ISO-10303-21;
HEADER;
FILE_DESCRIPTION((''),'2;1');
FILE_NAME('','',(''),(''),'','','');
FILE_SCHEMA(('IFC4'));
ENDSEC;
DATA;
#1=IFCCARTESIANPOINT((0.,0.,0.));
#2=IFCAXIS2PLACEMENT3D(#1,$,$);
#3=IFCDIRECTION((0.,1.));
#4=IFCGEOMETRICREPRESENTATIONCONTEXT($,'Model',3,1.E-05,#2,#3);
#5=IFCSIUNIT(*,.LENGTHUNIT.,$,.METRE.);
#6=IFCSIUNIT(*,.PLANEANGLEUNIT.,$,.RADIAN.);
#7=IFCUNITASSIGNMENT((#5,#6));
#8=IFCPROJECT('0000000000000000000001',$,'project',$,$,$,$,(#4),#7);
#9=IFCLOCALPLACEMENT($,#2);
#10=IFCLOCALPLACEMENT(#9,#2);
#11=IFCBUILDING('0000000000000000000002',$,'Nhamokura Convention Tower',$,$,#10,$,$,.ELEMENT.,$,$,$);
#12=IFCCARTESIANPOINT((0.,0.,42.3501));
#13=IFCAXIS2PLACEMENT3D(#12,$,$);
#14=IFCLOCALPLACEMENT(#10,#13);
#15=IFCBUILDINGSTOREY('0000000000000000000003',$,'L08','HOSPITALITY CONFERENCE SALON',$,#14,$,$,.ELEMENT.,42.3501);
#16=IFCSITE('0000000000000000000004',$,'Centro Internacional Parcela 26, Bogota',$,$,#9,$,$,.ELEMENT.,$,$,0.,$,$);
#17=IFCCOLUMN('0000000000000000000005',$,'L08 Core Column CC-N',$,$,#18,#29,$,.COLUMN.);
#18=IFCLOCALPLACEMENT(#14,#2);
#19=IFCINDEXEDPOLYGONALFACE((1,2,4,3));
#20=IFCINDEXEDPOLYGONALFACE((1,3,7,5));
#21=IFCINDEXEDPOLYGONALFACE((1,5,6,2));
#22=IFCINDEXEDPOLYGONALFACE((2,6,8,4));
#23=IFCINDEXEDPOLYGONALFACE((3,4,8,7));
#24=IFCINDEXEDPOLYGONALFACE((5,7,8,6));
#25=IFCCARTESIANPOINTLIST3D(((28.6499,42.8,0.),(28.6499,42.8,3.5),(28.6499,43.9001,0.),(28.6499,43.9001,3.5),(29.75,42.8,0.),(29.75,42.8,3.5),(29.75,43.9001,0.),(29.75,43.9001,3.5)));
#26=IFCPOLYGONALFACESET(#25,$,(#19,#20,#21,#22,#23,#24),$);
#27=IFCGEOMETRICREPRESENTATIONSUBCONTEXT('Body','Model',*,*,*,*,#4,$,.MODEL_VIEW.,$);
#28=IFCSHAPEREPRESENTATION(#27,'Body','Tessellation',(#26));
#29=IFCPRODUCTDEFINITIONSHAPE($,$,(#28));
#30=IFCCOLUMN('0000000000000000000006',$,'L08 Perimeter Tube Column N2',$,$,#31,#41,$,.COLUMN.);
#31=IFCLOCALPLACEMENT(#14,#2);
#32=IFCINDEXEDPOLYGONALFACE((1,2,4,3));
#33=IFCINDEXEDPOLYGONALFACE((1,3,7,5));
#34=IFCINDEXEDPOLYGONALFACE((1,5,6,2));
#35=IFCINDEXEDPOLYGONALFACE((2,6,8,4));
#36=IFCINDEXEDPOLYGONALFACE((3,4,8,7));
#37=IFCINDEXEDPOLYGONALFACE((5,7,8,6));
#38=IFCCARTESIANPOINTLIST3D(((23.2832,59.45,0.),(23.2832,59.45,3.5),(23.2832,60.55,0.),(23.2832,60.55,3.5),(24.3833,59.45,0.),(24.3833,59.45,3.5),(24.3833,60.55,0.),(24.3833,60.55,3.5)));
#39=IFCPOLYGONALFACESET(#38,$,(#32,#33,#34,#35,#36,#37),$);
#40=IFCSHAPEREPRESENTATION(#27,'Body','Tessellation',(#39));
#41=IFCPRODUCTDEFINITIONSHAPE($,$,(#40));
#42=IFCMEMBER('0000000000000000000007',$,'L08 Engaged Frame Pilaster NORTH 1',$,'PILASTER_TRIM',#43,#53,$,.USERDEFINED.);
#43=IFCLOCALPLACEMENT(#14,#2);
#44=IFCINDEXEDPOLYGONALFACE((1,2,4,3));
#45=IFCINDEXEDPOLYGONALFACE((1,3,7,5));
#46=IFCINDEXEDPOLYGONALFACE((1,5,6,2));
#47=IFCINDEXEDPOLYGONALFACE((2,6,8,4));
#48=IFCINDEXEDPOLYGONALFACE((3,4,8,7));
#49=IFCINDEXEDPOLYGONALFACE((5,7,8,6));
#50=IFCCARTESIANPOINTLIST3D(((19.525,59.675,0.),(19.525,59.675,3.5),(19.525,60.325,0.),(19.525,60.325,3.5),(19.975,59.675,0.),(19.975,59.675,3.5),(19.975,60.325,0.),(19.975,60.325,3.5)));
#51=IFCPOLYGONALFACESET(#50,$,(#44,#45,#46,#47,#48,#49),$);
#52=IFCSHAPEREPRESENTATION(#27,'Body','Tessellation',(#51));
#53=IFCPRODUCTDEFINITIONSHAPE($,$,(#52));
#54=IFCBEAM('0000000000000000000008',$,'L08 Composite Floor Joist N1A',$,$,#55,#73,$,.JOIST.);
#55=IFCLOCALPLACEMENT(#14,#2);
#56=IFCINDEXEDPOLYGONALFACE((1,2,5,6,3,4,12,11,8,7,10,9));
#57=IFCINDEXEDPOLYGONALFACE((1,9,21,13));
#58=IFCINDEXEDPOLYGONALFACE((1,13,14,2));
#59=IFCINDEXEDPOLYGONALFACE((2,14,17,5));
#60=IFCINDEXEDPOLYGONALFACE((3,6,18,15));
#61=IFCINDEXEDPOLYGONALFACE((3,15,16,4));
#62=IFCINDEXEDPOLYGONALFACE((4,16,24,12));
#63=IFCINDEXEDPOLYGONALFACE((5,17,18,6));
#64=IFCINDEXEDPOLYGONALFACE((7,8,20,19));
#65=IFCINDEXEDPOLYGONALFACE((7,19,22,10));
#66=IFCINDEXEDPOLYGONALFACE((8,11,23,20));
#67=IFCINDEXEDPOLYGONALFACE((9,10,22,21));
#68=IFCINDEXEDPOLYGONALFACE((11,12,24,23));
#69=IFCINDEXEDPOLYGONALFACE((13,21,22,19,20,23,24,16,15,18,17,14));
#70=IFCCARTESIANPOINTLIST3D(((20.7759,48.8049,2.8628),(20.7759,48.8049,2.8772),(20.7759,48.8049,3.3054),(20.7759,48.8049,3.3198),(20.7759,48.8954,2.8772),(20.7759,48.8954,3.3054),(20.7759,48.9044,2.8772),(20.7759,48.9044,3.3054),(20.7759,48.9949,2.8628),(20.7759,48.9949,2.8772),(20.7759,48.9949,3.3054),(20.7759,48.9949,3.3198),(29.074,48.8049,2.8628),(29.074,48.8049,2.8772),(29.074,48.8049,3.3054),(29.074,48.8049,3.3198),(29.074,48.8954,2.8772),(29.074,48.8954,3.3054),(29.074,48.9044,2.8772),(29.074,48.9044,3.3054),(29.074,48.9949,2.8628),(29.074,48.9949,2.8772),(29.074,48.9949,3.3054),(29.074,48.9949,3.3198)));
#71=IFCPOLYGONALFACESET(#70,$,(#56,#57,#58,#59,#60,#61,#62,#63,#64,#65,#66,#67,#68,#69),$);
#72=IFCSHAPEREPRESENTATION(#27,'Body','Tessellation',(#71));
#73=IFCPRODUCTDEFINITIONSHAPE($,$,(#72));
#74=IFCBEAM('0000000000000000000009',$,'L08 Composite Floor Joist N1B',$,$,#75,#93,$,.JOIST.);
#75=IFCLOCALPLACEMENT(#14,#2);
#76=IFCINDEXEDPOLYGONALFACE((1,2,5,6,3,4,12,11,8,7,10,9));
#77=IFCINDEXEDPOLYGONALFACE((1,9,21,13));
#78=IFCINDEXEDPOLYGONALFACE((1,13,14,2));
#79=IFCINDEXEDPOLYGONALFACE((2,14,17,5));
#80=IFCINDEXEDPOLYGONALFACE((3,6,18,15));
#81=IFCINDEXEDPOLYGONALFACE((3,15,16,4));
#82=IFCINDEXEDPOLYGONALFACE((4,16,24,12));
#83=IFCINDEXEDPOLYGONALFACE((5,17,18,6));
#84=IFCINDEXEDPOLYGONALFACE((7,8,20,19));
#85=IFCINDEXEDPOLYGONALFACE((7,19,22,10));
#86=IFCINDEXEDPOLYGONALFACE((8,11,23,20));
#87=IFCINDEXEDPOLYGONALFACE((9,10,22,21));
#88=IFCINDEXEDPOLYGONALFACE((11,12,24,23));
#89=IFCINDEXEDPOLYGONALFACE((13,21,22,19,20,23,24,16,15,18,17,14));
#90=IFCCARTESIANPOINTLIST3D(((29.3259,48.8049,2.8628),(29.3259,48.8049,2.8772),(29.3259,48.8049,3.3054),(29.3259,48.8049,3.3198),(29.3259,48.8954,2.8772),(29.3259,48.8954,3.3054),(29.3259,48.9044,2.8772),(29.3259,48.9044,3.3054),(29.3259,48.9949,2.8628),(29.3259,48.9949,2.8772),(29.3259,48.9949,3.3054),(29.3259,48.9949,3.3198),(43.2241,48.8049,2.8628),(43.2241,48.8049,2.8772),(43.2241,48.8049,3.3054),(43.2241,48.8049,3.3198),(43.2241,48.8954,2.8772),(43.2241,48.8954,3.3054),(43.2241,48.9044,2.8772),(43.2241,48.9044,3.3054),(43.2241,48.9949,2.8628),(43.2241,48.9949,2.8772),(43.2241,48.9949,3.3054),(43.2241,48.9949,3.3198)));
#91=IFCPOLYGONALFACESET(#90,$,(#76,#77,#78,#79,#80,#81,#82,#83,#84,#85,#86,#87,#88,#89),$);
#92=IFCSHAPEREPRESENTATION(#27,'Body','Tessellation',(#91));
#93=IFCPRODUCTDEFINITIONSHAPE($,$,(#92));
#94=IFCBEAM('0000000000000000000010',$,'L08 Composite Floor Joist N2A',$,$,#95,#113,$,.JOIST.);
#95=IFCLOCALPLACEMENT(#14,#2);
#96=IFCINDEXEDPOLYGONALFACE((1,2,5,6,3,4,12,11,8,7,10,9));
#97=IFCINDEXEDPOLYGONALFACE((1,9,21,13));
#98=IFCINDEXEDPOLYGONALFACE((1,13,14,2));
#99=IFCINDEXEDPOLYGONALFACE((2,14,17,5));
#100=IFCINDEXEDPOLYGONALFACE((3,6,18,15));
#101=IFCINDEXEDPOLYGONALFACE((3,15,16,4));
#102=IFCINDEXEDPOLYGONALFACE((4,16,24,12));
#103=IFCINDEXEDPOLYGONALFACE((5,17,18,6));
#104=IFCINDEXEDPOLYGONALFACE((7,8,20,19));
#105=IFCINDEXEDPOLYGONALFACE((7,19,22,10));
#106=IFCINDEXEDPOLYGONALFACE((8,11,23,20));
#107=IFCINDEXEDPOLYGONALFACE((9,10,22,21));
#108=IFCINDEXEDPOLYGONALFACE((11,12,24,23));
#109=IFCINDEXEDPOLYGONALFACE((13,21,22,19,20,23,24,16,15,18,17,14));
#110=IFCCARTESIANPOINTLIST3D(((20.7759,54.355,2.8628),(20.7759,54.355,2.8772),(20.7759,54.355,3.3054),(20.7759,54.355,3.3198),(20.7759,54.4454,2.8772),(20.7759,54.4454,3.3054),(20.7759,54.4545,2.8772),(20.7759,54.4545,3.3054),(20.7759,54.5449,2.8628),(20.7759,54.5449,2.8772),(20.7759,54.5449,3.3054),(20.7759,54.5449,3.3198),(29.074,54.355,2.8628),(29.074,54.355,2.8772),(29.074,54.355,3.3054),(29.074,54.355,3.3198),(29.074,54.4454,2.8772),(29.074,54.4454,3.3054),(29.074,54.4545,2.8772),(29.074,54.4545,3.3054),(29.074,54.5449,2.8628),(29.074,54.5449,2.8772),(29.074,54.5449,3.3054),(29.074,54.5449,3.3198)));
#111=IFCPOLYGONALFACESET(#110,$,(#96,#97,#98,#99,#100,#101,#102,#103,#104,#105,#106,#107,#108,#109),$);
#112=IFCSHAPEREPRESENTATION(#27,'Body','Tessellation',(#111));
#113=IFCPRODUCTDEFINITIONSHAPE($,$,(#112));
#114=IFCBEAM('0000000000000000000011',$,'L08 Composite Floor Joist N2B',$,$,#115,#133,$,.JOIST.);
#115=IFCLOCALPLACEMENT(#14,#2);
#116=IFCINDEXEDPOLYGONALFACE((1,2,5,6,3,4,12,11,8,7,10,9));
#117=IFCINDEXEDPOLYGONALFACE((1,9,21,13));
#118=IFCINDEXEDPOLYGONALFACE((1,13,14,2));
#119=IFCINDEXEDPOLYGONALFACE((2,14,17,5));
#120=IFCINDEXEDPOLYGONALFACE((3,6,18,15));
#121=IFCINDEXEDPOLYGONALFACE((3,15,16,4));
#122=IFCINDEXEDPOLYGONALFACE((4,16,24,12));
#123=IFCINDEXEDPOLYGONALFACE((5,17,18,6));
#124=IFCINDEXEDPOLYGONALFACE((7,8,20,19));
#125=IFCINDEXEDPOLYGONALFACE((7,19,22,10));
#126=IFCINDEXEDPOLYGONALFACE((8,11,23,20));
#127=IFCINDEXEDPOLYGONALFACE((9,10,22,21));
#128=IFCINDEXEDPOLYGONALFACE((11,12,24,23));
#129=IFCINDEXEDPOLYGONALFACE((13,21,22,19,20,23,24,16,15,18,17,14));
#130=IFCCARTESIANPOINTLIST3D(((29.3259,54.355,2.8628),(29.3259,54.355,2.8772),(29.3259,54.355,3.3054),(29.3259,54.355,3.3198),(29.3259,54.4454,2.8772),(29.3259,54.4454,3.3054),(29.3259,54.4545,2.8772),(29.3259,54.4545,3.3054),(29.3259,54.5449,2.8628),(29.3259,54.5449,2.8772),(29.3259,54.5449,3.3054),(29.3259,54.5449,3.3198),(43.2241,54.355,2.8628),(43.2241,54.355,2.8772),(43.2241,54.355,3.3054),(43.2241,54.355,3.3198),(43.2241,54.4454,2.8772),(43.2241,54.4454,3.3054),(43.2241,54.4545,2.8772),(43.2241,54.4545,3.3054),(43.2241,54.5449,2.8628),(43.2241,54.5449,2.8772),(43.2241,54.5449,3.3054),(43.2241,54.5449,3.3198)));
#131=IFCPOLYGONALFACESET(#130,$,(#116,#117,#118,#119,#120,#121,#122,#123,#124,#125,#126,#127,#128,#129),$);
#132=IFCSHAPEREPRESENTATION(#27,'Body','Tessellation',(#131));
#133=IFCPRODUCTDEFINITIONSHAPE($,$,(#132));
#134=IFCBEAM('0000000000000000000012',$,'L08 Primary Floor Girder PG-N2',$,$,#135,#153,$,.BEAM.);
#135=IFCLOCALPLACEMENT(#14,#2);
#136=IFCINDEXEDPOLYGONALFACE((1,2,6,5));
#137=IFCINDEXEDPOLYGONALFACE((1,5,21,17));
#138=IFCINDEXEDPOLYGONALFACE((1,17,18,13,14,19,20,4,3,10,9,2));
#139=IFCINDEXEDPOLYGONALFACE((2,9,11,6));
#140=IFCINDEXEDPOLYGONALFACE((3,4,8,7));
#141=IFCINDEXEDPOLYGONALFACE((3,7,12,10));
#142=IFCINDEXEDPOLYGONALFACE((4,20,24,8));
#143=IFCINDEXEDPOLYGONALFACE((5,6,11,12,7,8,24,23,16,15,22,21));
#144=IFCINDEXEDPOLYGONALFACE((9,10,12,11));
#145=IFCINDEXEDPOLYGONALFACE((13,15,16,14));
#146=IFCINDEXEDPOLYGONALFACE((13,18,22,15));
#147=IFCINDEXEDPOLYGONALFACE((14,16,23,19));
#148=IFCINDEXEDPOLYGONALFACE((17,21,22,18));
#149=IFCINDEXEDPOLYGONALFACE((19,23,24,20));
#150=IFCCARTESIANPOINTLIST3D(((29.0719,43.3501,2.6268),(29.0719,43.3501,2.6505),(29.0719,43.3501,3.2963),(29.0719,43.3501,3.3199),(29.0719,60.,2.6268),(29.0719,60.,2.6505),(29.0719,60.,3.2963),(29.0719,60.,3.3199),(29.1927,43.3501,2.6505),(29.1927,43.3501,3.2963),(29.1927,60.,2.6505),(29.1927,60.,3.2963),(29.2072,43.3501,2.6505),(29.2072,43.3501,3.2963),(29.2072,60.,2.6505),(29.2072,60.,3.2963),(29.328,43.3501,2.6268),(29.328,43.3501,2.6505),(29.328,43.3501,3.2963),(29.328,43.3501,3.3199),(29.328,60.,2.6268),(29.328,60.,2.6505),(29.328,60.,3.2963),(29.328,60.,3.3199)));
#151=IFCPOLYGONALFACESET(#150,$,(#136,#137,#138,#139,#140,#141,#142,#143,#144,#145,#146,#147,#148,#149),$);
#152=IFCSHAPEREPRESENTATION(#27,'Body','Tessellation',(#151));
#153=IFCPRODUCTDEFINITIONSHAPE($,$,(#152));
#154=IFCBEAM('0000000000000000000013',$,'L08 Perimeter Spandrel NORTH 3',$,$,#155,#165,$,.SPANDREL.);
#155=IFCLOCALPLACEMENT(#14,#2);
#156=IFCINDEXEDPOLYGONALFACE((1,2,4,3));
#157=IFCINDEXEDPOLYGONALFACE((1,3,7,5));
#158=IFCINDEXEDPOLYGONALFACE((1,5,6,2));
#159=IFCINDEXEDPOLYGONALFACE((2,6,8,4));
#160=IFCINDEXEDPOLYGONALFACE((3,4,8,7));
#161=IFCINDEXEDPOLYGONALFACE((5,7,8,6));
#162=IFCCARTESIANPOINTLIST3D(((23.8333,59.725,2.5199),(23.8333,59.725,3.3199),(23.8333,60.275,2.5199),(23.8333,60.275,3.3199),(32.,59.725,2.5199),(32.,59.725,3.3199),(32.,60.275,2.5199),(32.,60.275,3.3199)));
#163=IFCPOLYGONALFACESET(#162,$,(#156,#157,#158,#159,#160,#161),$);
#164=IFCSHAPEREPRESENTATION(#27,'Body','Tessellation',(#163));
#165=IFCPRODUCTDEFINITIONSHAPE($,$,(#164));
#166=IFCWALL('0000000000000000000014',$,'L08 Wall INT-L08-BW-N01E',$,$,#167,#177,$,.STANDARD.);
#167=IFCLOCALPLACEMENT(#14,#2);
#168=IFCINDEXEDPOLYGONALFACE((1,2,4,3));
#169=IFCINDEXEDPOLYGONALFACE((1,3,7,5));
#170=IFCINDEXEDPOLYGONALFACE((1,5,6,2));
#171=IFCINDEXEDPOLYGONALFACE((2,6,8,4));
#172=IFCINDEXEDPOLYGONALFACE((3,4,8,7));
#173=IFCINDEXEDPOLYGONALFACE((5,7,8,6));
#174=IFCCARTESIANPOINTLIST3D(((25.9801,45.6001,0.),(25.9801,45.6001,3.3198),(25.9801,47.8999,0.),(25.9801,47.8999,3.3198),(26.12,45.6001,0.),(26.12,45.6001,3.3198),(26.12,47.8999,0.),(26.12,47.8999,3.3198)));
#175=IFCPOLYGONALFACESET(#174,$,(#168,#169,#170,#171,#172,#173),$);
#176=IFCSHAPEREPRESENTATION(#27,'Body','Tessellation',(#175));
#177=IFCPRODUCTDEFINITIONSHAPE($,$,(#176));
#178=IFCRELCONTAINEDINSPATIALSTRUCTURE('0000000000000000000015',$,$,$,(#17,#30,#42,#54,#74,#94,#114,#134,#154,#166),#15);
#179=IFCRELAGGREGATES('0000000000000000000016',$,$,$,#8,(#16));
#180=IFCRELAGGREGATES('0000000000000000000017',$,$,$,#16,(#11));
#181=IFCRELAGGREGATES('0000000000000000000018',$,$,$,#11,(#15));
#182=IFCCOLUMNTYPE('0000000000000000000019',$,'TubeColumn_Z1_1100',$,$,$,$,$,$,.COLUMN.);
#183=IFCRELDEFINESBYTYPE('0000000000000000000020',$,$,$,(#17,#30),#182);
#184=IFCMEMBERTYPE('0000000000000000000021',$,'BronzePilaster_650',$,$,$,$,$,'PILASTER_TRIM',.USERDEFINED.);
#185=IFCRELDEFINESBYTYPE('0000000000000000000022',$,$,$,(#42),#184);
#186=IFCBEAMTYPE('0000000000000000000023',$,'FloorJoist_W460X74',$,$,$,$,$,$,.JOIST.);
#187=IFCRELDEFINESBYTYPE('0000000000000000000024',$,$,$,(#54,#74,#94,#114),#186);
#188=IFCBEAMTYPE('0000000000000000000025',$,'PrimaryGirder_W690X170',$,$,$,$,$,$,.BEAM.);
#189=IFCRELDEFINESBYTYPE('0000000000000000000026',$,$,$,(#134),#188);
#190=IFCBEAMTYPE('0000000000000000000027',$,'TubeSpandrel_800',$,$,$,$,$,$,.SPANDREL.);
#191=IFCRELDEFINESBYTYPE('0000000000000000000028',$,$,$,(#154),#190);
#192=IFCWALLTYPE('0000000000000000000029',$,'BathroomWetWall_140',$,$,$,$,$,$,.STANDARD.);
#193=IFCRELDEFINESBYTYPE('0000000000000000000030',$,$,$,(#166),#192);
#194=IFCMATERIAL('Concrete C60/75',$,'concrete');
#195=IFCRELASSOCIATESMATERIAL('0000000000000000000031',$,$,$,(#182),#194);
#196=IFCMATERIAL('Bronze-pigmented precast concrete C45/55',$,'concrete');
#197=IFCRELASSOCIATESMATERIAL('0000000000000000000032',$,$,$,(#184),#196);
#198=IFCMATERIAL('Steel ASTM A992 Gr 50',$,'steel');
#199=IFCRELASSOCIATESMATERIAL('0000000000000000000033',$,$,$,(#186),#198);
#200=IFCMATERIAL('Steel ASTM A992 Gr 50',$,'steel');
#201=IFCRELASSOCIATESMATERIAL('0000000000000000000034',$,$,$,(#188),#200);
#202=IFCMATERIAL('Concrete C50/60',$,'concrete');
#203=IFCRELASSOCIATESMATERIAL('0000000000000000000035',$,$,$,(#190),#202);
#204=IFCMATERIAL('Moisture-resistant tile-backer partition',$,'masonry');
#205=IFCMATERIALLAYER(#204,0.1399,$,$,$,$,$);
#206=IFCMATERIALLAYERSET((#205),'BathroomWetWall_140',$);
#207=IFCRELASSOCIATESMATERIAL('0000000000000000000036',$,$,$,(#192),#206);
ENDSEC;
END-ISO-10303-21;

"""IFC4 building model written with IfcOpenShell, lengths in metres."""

from ifc_helpers import new_model, si_unit, direction, frame, frame_2d, origin, origin_2d, place, context, subcontext, project, spatial, rectangle, i_section, extrude, material, layer, layer_set, material_profile, profile_set, type_object, element, save


model = new_model("IFC4")

# Units and contexts
model_context = context("Model", 3, precision=1e-05, world=origin(), true_north=direction((0.0, 1.0)))
body_context = subcontext(model_context, "Body", "Model", "MODEL_VIEW")
ifc_project = project(units=[si_unit("LENGTHUNIT", "METRE"), si_unit("PLANEANGLEUNIT", "RADIAN")], contexts=[model_context])

# Site, building, storey
site_placement = place(None, origin())
site = spatial("IfcSite", under=ifc_project, at=site_placement, Name="Centro Internacional Parcela 26, Bogota", CompositionType="ELEMENT", RefElevation=0.0)
building_placement = place(site_placement, origin())
building = spatial("IfcBuilding", under=site, at=building_placement, Name="Nhamokura Convention Tower", CompositionType="ELEMENT")
storey_placement = place(building_placement, frame((0.0, 0.0, 42.3501)))
storey = spatial("IfcBuildingStorey", under=building, at=storey_placement, Name="L08", Description="HOSPITALITY CONFERENCE SALON", CompositionType="ELEMENT", Elevation=42.3501)

# Columns
ifc_material_1 = material(Name="Concrete C60/75", Category="concrete")
ifc_material_profile_1 = material_profile(ifc_material_1, rectangle(XDim=1.1001, YDim=1.1001, at=origin_2d()))
ifc_profile_set_1 = profile_set([ifc_material_profile_1], Name="Concrete C60/75")
column_type = type_object("IfcColumnType", Name="TubeColumn_Z1_1100", PredefinedType="COLUMN", material=ifc_profile_set_1)
for number, where, z_axis, x_axis, name in (
    (1, (29.2, 43.3501, 0.0), (0.0, 0.0, 1.0), (1.0, 0.0, 0.0), "L08 Core Column CC-N"),
    (2, (23.8333, 60.0, 0.0), (0.0, 0.0, 1.0), (1.0, 0.0, 0.0), "L08 Perimeter Tube Column N2"),
):
    element("IfcColumn", number, at=place(storey_placement, frame(where, z_axis=z_axis, x_axis=x_axis)), inside=storey, type_object=column_type, Name=name, PredefinedType="COLUMN", context=body_context, shape_type="SweptSolid", body=[
        extrude(rectangle(XDim=1.1001, YDim=1.1001, at=origin_2d()), origin(), (0.0, 0.0, 1.0), 3.5),
    ])

# Member
ifc_material_2 = material(Name="Bronze-pigmented precast concrete C45/55", Category="concrete")
ifc_material_profile_2 = material_profile(ifc_material_2, rectangle(XDim=0.45, YDim=0.6499, at=origin_2d()))
ifc_profile_set_2 = profile_set([ifc_material_profile_2], Name="Bronze-pigmented precast concrete C45/55")
member_type = type_object("IfcMemberType", Name="BronzePilaster_650", ElementType="PILASTER_TRIM", PredefinedType="USERDEFINED", material=ifc_profile_set_2)
member_placement = place(storey_placement, frame((19.75, 60.0, 0.0), z_axis=(0.0, 0.0, 1.0), x_axis=(1.0, 0.0, 0.0)))
element("IfcMember", 3, at=member_placement, inside=storey, type_object=member_type, Name="L08 Engaged Frame Pilaster NORTH 1", ObjectType="PILASTER_TRIM", PredefinedType="USERDEFINED", context=body_context, shape_type="SweptSolid", body=[
    extrude(rectangle(XDim=0.45, YDim=0.6499, at=origin_2d()), origin(), (0.0, 0.0, 1.0), 3.5),
])

# Beams
ifc_material_3 = material(Name="Steel ASTM A992 Gr 50", Category="steel")
ifc_material_profile_3 = material_profile(ifc_material_3, i_section(OverallWidth=0.1899, OverallDepth=0.457, WebThickness=0.009, FlangeThickness=0.0144, at=origin_2d()))
ifc_profile_set_3 = profile_set([ifc_material_profile_3], Name="Steel ASTM A992 Gr 50")
beam_type_1 = type_object("IfcBeamType", Name="FloorJoist_W460X74", PredefinedType="JOIST", material=ifc_profile_set_3)
beam_1_placement = place(storey_placement, frame((20.7759, 48.8999, 3.0913), z_axis=(1.0, 0.0, 0.0), x_axis=(0.0, 1.0, 0.0)))
element("IfcBeam", 4, at=beam_1_placement, inside=storey, type_object=beam_type_1, Name="L08 Composite Floor Joist N1A", PredefinedType="JOIST", context=body_context, shape_type="SweptSolid", body=[
    extrude(i_section(OverallWidth=0.1899, OverallDepth=0.457, WebThickness=0.009, FlangeThickness=0.0144, at=origin_2d()), origin(), (0.0, 0.0, 1.0), 8.2981),
])
beam_2_placement = place(storey_placement, frame((29.3259, 48.8999, 3.0913), z_axis=(1.0, 0.0, 0.0), x_axis=(0.0, 1.0, 0.0)))
element("IfcBeam", 5, at=beam_2_placement, inside=storey, type_object=beam_type_1, Name="L08 Composite Floor Joist N1B", PredefinedType="JOIST", context=body_context, shape_type="SweptSolid", body=[
    extrude(i_section(OverallWidth=0.1899, OverallDepth=0.457, WebThickness=0.009, FlangeThickness=0.0144, at=origin_2d()), origin(), (0.0, 0.0, 1.0), 13.8982),
])
beam_3_placement = place(storey_placement, frame((20.7759, 54.45, 3.0913), z_axis=(1.0, 0.0, 0.0), x_axis=(0.0, 1.0, 0.0)))
element("IfcBeam", 6, at=beam_3_placement, inside=storey, type_object=beam_type_1, Name="L08 Composite Floor Joist N2A", PredefinedType="JOIST", context=body_context, shape_type="SweptSolid", body=[
    extrude(i_section(OverallWidth=0.1899, OverallDepth=0.457, WebThickness=0.009, FlangeThickness=0.0144, at=origin_2d()), origin(), (0.0, 0.0, 1.0), 8.2981),
])
beam_4_placement = place(storey_placement, frame((29.3259, 54.45, 3.0913), z_axis=(1.0, 0.0, 0.0), x_axis=(0.0, 1.0, 0.0)))
element("IfcBeam", 7, at=beam_4_placement, inside=storey, type_object=beam_type_1, Name="L08 Composite Floor Joist N2B", PredefinedType="JOIST", context=body_context, shape_type="SweptSolid", body=[
    extrude(i_section(OverallWidth=0.1899, OverallDepth=0.457, WebThickness=0.009, FlangeThickness=0.0144, at=origin_2d()), origin(), (0.0, 0.0, 1.0), 13.8982),
])
ifc_material_4 = material(Name="Steel ASTM A992 Gr 50", Category="steel")
ifc_material_profile_4 = material_profile(ifc_material_4, i_section(OverallWidth=0.2561, OverallDepth=0.6931, WebThickness=0.0144, FlangeThickness=0.0237, at=origin_2d()))
ifc_profile_set_4 = profile_set([ifc_material_profile_4], Name="Steel ASTM A992 Gr 50")
beam_type_2 = type_object("IfcBeamType", Name="PrimaryGirder_W690X170", PredefinedType="BEAM", material=ifc_profile_set_4)
beam_5_placement = place(storey_placement, frame((29.2, 43.3501, 2.9734), z_axis=(0.0, 1.0, 0.0), x_axis=(-1.0, 0.0, 0.0)))
element("IfcBeam", 8, at=beam_5_placement, inside=storey, type_object=beam_type_2, Name="L08 Primary Floor Girder PG-N2", PredefinedType="BEAM", context=body_context, shape_type="SweptSolid", body=[
    extrude(i_section(OverallWidth=0.2561, OverallDepth=0.6931, WebThickness=0.0144, FlangeThickness=0.0237, at=origin_2d()), origin(), (0.0, 0.0, 1.0), 16.6499),
])
ifc_material_5 = material(Name="Concrete C50/60", Category="concrete")
ifc_material_profile_5 = material_profile(ifc_material_5, rectangle(XDim=0.55, YDim=0.8, at=origin_2d()))
ifc_profile_set_5 = profile_set([ifc_material_profile_5], Name="Concrete C50/60")
beam_type_3 = type_object("IfcBeamType", Name="TubeSpandrel_800", PredefinedType="SPANDREL", material=ifc_profile_set_5)
beam_6_placement = place(storey_placement, frame((23.8333, 60.0, 2.9199), z_axis=(1.0, 0.0, 0.0), x_axis=(0.0, 1.0, 0.0)))
element("IfcBeam", 9, at=beam_6_placement, inside=storey, type_object=beam_type_3, Name="L08 Perimeter Spandrel NORTH 3", PredefinedType="SPANDREL", context=body_context, shape_type="SweptSolid", body=[
    extrude(rectangle(XDim=0.55, YDim=0.8, at=origin_2d()), origin(), (0.0, 0.0, 1.0), 8.1667),
])

# Wall
ifc_material_6 = material(Name="Moisture-resistant tile-backer partition", Category="masonry")
ifc_layer_1 = layer(ifc_material_6, 0.1399)
ifc_layer_set_1 = layer_set([ifc_layer_1], Name="BathroomWetWall_140")
wall_type_1 = type_object("IfcWallType", Name="BathroomWetWall_140", PredefinedType="STANDARD", material=ifc_layer_set_1)
wall_1_placement = place(storey_placement, frame((26.05, 45.6001, 0.0), z_axis=(0.0, 0.0, 1.0), x_axis=(0.0, 1.0, 0.0)))
element("IfcWall", 10, at=wall_1_placement, inside=storey, type_object=wall_type_1, Name="L08 Wall INT-L08-BW-N01E", PredefinedType="STANDARD", context=body_context, shape_type="SweptSolid", body=[
    extrude(rectangle(XDim=2.2998, YDim=0.1399, at=frame_2d((1.1499, 0.0))), origin(), (0.0, 0.0, 1.0), 3.3198),
])

save(model, "model.ifc")
